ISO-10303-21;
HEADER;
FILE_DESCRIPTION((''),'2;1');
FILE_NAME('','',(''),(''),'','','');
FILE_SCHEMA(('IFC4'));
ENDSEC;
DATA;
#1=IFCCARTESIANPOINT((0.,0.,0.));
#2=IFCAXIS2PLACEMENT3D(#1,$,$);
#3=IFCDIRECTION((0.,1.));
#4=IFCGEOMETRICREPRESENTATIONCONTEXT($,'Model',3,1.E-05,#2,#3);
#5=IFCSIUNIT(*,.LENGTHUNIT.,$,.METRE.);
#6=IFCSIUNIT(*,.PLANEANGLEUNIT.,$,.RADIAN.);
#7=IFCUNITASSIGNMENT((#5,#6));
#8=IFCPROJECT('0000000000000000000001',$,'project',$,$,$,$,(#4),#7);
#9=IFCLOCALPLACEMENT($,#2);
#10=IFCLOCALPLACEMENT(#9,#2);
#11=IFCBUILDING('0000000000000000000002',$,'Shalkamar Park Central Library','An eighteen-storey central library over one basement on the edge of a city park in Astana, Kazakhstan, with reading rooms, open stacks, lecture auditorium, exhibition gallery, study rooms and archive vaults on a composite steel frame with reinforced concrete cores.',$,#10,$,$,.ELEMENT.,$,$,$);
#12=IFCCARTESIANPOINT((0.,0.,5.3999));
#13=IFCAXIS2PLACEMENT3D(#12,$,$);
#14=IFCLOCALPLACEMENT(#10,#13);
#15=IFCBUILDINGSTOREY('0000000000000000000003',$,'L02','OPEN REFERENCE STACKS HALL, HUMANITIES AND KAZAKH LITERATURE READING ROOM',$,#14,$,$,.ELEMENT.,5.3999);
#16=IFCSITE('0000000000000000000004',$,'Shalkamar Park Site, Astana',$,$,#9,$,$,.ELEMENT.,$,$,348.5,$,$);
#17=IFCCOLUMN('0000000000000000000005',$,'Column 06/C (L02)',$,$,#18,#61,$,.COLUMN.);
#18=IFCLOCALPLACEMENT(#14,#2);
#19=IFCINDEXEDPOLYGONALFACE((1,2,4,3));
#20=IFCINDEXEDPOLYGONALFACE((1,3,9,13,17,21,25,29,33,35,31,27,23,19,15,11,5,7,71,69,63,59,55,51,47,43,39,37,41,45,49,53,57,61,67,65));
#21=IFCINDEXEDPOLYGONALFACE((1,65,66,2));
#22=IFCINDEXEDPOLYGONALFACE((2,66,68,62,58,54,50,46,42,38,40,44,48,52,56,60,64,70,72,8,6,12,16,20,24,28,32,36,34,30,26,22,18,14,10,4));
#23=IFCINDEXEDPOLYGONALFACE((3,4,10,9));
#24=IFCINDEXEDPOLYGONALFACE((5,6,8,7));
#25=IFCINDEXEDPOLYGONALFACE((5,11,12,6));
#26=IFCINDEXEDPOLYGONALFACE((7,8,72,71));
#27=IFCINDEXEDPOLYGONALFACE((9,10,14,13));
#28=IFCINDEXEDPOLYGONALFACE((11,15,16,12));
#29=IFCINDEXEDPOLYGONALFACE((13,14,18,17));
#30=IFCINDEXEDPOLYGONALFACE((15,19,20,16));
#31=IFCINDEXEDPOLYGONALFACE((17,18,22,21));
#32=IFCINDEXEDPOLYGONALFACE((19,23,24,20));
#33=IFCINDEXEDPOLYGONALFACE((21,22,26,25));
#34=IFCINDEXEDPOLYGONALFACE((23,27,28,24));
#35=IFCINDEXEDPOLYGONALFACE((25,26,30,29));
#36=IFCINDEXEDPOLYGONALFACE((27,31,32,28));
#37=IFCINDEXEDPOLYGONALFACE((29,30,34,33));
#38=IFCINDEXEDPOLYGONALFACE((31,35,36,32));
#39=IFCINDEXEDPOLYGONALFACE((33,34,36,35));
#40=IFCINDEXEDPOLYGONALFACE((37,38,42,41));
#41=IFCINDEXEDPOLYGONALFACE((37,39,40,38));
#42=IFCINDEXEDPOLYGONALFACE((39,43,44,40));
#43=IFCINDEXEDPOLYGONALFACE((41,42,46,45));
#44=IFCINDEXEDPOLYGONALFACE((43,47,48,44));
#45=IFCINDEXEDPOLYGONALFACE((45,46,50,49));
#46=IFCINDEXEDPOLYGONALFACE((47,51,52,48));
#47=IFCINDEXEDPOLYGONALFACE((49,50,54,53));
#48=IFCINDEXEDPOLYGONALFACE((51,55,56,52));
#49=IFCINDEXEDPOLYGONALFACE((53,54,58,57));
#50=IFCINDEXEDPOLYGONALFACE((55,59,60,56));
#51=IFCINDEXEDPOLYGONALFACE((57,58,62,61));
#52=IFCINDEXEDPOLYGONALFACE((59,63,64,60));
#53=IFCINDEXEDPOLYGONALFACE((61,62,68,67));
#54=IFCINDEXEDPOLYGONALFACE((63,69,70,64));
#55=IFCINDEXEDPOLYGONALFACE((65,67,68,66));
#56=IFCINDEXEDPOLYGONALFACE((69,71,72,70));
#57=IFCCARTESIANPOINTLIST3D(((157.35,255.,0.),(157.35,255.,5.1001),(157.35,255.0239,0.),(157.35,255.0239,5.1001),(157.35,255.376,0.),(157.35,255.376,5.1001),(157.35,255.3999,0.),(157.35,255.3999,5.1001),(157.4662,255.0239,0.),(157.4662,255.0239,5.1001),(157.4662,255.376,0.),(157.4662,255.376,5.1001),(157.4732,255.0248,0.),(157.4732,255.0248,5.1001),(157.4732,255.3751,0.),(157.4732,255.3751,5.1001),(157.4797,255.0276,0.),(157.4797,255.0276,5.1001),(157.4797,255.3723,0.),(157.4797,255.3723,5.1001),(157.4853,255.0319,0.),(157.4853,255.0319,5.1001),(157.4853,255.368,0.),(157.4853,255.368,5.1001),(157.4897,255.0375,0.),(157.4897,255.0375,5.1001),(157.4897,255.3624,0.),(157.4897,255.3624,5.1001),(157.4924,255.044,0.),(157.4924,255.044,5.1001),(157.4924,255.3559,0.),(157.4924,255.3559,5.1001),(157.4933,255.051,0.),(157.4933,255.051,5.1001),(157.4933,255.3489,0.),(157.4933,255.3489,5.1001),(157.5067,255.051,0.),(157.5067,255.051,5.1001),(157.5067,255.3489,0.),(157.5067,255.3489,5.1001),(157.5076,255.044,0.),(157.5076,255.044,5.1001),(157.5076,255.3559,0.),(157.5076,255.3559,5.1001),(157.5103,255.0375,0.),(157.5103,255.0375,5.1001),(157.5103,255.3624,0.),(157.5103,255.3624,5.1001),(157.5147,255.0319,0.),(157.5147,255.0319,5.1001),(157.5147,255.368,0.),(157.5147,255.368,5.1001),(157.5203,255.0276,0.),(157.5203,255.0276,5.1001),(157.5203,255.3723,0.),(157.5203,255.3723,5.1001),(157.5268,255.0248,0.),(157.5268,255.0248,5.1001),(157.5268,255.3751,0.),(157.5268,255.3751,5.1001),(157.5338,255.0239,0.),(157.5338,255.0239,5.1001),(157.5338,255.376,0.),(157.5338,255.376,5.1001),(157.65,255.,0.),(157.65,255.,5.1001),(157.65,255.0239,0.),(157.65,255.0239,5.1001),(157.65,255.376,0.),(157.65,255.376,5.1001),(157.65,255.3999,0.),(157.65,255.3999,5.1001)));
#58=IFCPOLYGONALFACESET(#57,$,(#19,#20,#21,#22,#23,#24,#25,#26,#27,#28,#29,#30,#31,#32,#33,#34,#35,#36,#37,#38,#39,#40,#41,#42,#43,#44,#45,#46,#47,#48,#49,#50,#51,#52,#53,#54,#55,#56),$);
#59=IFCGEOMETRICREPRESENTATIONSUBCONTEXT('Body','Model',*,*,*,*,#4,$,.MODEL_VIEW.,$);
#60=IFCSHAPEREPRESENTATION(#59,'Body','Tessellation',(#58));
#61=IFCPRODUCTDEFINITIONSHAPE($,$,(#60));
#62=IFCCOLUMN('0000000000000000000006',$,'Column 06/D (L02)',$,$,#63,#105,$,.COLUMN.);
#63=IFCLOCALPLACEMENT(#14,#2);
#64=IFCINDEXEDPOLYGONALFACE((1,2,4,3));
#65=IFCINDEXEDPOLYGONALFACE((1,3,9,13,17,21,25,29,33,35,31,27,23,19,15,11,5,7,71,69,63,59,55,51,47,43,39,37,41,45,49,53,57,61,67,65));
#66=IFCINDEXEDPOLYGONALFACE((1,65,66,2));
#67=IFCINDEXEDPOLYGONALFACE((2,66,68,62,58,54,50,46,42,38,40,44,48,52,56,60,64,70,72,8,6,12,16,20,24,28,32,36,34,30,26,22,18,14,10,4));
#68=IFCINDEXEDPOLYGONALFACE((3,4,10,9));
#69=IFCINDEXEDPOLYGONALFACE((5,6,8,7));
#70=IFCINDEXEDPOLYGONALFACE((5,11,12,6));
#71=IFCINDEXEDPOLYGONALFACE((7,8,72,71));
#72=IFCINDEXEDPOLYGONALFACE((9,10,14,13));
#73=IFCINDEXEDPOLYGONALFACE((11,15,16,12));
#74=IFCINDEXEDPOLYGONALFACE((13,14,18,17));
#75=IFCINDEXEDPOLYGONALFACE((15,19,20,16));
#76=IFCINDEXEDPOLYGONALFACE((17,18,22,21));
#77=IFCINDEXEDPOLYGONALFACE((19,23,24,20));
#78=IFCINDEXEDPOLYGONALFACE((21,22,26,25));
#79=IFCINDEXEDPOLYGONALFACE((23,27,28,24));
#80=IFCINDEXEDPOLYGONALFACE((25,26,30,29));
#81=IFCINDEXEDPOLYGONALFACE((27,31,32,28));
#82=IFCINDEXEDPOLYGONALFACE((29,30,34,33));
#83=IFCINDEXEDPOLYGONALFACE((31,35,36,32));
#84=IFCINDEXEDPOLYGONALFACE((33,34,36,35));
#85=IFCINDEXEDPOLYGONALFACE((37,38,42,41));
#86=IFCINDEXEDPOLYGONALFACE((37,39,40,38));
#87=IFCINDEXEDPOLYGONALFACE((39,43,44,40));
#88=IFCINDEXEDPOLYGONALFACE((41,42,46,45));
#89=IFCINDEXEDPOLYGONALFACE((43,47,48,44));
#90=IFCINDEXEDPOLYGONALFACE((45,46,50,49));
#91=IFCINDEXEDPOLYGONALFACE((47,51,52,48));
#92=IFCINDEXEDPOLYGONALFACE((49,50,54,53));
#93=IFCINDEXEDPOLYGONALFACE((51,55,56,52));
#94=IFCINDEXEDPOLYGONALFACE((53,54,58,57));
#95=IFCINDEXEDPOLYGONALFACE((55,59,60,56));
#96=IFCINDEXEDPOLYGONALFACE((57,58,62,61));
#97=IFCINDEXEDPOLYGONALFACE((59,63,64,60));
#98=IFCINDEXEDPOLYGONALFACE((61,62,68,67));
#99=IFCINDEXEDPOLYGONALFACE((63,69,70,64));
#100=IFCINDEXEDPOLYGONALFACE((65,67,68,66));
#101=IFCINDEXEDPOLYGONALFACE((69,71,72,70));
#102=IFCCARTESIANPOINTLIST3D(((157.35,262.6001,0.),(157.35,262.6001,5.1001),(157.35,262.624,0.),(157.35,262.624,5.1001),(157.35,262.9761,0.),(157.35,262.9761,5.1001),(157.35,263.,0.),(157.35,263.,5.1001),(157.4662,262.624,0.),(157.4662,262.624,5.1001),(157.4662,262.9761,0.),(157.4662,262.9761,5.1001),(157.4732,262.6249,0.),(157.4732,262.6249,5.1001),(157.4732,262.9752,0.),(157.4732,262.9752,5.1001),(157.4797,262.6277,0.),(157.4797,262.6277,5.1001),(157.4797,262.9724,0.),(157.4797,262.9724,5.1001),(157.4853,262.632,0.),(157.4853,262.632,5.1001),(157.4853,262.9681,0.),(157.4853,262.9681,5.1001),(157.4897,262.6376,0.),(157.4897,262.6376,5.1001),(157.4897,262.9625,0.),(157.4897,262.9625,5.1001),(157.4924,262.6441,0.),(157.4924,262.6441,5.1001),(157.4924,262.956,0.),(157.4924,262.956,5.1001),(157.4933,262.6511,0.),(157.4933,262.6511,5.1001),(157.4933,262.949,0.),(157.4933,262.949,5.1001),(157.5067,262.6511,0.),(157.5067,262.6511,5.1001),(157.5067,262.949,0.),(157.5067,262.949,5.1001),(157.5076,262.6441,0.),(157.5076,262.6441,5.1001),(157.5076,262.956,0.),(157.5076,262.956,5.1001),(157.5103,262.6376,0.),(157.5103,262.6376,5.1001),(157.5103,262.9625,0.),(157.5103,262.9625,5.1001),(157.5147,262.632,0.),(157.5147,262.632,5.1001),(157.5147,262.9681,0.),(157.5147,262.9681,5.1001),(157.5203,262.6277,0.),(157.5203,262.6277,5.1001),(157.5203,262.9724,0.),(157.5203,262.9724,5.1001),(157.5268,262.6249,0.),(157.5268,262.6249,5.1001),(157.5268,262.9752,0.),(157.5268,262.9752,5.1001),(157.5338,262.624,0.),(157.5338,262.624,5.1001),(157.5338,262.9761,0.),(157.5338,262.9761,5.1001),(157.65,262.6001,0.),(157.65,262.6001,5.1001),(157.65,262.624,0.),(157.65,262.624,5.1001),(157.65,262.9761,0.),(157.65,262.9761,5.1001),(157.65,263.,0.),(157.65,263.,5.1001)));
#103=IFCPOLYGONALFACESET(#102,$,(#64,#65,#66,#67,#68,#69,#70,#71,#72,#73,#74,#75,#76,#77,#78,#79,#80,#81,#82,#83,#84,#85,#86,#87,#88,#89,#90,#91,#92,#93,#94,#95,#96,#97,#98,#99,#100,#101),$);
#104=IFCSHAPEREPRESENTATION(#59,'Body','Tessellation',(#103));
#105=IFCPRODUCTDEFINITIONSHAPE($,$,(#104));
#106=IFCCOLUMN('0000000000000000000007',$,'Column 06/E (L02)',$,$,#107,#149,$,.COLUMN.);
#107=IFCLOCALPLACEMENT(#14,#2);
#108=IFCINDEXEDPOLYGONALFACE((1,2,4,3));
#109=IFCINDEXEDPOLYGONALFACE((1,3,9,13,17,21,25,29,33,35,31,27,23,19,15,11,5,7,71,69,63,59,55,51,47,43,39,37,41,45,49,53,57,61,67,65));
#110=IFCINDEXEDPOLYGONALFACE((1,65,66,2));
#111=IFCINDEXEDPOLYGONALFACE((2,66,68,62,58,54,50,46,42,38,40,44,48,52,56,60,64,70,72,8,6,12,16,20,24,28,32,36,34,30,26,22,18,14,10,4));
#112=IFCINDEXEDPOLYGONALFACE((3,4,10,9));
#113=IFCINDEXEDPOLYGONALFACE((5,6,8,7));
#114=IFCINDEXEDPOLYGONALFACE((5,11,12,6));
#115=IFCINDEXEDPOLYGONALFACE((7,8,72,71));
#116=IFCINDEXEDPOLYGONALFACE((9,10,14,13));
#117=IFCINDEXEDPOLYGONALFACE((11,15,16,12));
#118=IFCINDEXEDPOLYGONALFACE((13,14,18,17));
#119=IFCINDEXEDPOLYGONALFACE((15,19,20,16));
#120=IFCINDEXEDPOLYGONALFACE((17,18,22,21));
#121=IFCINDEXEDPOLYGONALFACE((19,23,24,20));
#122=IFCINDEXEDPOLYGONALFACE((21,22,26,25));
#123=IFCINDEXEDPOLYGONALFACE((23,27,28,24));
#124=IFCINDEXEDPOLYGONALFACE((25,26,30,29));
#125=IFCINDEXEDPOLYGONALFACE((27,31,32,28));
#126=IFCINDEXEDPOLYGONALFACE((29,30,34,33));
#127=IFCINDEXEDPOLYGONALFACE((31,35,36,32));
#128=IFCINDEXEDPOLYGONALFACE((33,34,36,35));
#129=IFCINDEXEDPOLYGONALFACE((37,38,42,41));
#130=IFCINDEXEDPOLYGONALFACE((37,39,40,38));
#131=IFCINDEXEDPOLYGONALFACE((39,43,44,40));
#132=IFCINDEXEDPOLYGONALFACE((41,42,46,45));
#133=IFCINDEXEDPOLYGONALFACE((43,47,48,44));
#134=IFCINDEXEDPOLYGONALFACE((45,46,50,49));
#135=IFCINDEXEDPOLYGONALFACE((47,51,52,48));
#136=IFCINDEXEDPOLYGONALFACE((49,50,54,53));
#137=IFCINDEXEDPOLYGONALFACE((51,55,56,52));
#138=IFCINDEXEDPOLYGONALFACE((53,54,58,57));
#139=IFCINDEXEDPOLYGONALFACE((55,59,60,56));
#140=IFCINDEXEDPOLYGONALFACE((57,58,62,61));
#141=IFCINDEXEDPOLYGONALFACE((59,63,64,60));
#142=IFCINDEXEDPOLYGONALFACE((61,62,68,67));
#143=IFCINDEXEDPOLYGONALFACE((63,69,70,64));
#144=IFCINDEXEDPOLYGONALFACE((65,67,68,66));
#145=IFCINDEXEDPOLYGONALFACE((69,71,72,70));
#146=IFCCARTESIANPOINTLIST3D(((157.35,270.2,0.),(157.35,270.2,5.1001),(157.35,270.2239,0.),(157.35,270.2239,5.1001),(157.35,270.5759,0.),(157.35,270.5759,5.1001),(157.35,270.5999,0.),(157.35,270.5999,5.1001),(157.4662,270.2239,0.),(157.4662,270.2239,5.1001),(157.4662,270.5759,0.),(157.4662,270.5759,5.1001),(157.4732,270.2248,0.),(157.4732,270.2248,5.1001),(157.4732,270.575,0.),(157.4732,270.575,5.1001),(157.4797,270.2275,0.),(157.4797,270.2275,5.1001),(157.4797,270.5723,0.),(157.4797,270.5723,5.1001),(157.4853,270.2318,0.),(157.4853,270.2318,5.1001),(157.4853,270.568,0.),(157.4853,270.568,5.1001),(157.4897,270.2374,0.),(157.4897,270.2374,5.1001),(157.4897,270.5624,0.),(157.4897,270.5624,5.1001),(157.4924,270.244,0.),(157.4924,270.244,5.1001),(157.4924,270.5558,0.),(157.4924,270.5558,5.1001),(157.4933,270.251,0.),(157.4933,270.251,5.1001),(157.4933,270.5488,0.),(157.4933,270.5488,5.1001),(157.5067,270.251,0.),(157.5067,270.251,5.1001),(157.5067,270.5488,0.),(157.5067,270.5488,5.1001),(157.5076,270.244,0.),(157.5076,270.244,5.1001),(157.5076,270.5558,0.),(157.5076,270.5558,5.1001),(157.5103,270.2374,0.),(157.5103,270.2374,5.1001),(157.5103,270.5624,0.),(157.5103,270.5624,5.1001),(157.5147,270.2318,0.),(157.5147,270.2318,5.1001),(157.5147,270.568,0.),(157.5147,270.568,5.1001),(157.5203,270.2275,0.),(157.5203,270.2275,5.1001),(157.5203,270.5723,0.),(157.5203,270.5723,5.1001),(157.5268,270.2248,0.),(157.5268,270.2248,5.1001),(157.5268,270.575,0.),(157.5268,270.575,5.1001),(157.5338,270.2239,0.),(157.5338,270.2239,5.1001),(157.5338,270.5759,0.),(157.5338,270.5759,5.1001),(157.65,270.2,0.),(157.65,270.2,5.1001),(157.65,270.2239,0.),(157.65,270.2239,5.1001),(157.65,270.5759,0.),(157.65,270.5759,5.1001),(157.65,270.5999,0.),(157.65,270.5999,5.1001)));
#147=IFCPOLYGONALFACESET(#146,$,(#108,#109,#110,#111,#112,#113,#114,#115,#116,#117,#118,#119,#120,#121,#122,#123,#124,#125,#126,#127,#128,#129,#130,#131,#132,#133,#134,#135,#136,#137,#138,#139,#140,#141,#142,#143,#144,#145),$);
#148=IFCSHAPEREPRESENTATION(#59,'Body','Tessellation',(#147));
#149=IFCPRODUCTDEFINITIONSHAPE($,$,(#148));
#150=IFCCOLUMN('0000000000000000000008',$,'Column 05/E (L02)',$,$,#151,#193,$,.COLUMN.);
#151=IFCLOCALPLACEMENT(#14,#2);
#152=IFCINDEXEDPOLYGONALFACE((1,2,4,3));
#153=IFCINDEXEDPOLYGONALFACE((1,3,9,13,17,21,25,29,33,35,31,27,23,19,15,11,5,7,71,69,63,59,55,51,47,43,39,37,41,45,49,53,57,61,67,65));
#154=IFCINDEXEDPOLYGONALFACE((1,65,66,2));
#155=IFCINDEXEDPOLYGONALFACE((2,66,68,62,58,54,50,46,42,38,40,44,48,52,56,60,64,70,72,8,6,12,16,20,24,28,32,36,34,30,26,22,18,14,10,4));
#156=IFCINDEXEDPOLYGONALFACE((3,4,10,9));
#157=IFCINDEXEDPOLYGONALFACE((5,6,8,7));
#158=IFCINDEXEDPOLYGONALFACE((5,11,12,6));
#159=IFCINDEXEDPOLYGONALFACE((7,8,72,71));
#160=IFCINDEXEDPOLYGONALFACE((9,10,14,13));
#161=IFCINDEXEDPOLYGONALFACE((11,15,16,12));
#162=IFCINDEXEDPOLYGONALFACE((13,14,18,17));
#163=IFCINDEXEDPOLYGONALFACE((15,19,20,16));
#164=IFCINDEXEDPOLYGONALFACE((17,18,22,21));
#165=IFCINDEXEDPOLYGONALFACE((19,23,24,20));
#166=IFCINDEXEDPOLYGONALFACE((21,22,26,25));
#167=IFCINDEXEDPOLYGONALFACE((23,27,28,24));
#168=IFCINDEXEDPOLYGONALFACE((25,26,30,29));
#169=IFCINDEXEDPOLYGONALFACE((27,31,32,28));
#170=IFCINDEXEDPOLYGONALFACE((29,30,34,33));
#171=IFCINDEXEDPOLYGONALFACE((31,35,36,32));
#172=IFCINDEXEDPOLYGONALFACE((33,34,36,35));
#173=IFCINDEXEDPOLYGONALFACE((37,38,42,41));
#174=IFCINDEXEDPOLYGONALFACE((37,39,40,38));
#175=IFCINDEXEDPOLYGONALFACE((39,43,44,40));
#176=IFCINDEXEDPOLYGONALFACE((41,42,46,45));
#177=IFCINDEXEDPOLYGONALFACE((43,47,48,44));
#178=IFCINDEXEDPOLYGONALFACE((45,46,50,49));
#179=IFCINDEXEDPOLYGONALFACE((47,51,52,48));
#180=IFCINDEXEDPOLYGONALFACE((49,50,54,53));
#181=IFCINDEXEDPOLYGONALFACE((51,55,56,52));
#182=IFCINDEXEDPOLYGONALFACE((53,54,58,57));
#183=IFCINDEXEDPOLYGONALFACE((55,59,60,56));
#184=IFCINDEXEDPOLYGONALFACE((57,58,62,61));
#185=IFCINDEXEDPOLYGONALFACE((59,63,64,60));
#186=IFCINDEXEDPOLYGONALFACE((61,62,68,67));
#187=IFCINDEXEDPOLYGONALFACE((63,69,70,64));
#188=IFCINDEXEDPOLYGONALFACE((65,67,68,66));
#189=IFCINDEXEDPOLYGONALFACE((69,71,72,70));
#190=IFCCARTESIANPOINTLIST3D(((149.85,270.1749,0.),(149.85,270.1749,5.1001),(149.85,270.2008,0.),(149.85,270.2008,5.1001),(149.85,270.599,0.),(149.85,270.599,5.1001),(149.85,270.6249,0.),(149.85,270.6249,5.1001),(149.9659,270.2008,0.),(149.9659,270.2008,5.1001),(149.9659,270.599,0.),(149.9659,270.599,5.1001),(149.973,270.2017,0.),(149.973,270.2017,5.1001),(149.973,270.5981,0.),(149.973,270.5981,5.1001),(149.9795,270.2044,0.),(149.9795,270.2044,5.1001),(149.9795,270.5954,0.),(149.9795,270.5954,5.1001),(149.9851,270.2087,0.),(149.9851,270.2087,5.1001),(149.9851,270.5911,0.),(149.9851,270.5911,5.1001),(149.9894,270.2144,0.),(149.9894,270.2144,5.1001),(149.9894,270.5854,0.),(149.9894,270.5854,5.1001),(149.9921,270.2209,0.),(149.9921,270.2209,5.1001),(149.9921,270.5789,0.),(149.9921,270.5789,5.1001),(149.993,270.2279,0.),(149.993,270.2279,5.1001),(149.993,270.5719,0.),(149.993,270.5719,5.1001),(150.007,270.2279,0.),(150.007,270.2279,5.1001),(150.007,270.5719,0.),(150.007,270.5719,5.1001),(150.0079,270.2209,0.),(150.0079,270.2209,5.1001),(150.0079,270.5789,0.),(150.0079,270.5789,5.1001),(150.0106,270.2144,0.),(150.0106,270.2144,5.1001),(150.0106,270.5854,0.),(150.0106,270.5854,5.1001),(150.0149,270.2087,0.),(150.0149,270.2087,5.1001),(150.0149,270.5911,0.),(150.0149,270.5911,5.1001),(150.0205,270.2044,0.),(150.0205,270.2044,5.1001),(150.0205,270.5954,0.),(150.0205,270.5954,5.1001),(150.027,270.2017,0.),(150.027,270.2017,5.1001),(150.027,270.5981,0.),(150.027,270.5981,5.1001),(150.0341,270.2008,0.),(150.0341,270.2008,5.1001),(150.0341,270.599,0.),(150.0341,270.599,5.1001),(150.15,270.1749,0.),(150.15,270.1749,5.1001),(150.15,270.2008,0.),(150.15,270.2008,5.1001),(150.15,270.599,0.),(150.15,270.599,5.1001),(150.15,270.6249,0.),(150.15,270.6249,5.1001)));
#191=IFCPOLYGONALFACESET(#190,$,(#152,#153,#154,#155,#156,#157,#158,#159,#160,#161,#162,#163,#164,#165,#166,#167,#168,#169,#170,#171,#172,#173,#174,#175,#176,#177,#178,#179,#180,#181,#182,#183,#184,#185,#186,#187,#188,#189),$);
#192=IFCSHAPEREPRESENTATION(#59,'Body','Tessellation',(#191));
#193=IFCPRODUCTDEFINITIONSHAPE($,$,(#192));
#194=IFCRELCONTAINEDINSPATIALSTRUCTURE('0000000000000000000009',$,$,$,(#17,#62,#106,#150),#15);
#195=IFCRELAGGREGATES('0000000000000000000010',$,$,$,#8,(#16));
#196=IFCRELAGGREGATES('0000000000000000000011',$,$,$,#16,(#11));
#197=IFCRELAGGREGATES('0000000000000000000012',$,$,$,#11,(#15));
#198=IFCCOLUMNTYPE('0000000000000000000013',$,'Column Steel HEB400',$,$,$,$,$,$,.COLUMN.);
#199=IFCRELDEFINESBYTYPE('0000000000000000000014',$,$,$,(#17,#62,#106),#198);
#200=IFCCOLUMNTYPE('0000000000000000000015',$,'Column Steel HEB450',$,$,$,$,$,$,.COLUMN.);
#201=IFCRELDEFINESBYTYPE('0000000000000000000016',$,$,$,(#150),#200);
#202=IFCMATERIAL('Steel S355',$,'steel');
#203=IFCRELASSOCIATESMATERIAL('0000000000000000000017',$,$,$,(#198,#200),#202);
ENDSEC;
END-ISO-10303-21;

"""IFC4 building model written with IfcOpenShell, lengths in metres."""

from ifc_helpers import new_model, si_unit, direction, frame, origin, origin_2d, place, context, subcontext, project, spatial, i_section, extrude, material, material_profile, profile_set, type_object, element, save


model = new_model("IFC4")

# Units and contexts
model_context = context("Model", 3, precision=1e-05, world=origin(), true_north=direction((0.0, 1.0)))
body_context = subcontext(model_context, "Body", "Model", "MODEL_VIEW")
ifc_project = project(units=[si_unit("LENGTHUNIT", "METRE"), si_unit("PLANEANGLEUNIT", "RADIAN")], contexts=[model_context])

# Site, building, storey
site_placement = place(None, origin())
site = spatial("IfcSite", under=ifc_project, at=site_placement, Name="Shalkamar Park Site, Astana", CompositionType="ELEMENT", RefElevation=348.5)
building_placement = place(site_placement, origin())
building = spatial("IfcBuilding", under=site, at=building_placement, Name="Shalkamar Park Central Library", Description="An eighteen-storey central library over one basement on the edge of a city park in Astana, Kazakhstan, with reading rooms, open stacks, lecture auditorium, exhibition gallery, study rooms and archive vaults on a composite steel frame with reinforced concrete cores.", CompositionType="ELEMENT")
storey_placement = place(building_placement, frame((0.0, 0.0, 5.3999)))
storey = spatial("IfcBuildingStorey", under=building, at=storey_placement, Name="L02", Description="OPEN REFERENCE STACKS HALL, HUMANITIES AND KAZAKH LITERATURE READING ROOM", CompositionType="ELEMENT", Elevation=5.3999)

# Columns
ifc_material_1 = material(Name="Steel S355", Category="steel")
ifc_material_profile_1 = material_profile(ifc_material_1, i_section(OverallWidth=0.3, OverallDepth=0.3999, WebThickness=0.0134, FlangeThickness=0.0239, FilletRadius=0.0271, at=origin_2d()), Name="HEB 400")
ifc_profile_set_1 = profile_set([ifc_material_profile_1], Name="Steel S355")
column_type_1 = type_object("IfcColumnType", Name="Column Steel HEB400", PredefinedType="COLUMN", material=ifc_profile_set_1)
for number, where, z_axis, x_axis, name in (
    (1, (157.5, 255.2, 0.0), (0.0, 0.0, 1.0), (1.0, 0.0, 0.0), "Column 06/C (L02)"),
    (2, (157.5, 262.8, 0.0), (0.0, 0.0, 1.0), (1.0, 0.0, 0.0), "Column 06/D (L02)"),
    (3, (157.5, 270.3999, 0.0), (0.0, 0.0, 1.0), (1.0, 0.0, 0.0), "Column 06/E (L02)"),
):
    element("IfcColumn", number, at=place(storey_placement, frame(where, z_axis=z_axis, x_axis=x_axis)), inside=storey, type_object=column_type_1, Name=name, PredefinedType="COLUMN", context=body_context, shape_type="SweptSolid", body=[
        extrude(i_section(OverallWidth=0.3, OverallDepth=0.3999, WebThickness=0.0134, FlangeThickness=0.0239, FilletRadius=0.0271, at=origin_2d()), origin(), (0.0, 0.0, 1.0), 5.1001),
    ])
ifc_material_profile_2 = material_profile(ifc_material_1, i_section(OverallWidth=0.3, OverallDepth=0.45, WebThickness=0.0139, FlangeThickness=0.0259, FilletRadius=0.0271, at=origin_2d()), Name="HEB 450")
ifc_profile_set_2 = profile_set([ifc_material_profile_2], Name="Steel S355")
column_type_2 = type_object("IfcColumnType", Name="Column Steel HEB450", PredefinedType="COLUMN", material=ifc_profile_set_2)
column_placement = place(storey_placement, frame((150.0, 270.3999, 0.0), z_axis=(0.0, 0.0, 1.0), x_axis=(1.0, 0.0, 0.0)))
element("IfcColumn", 4, at=column_placement, inside=storey, type_object=column_type_2, Name="Column 05/E (L02)", PredefinedType="COLUMN", context=body_context, shape_type="SweptSolid", body=[
    extrude(i_section(OverallWidth=0.3, OverallDepth=0.45, WebThickness=0.0139, FlangeThickness=0.0259, FilletRadius=0.0271, at=origin_2d()), origin(), (0.0, 0.0, 1.0), 5.1001),
])

save(model, "model.ifc")
